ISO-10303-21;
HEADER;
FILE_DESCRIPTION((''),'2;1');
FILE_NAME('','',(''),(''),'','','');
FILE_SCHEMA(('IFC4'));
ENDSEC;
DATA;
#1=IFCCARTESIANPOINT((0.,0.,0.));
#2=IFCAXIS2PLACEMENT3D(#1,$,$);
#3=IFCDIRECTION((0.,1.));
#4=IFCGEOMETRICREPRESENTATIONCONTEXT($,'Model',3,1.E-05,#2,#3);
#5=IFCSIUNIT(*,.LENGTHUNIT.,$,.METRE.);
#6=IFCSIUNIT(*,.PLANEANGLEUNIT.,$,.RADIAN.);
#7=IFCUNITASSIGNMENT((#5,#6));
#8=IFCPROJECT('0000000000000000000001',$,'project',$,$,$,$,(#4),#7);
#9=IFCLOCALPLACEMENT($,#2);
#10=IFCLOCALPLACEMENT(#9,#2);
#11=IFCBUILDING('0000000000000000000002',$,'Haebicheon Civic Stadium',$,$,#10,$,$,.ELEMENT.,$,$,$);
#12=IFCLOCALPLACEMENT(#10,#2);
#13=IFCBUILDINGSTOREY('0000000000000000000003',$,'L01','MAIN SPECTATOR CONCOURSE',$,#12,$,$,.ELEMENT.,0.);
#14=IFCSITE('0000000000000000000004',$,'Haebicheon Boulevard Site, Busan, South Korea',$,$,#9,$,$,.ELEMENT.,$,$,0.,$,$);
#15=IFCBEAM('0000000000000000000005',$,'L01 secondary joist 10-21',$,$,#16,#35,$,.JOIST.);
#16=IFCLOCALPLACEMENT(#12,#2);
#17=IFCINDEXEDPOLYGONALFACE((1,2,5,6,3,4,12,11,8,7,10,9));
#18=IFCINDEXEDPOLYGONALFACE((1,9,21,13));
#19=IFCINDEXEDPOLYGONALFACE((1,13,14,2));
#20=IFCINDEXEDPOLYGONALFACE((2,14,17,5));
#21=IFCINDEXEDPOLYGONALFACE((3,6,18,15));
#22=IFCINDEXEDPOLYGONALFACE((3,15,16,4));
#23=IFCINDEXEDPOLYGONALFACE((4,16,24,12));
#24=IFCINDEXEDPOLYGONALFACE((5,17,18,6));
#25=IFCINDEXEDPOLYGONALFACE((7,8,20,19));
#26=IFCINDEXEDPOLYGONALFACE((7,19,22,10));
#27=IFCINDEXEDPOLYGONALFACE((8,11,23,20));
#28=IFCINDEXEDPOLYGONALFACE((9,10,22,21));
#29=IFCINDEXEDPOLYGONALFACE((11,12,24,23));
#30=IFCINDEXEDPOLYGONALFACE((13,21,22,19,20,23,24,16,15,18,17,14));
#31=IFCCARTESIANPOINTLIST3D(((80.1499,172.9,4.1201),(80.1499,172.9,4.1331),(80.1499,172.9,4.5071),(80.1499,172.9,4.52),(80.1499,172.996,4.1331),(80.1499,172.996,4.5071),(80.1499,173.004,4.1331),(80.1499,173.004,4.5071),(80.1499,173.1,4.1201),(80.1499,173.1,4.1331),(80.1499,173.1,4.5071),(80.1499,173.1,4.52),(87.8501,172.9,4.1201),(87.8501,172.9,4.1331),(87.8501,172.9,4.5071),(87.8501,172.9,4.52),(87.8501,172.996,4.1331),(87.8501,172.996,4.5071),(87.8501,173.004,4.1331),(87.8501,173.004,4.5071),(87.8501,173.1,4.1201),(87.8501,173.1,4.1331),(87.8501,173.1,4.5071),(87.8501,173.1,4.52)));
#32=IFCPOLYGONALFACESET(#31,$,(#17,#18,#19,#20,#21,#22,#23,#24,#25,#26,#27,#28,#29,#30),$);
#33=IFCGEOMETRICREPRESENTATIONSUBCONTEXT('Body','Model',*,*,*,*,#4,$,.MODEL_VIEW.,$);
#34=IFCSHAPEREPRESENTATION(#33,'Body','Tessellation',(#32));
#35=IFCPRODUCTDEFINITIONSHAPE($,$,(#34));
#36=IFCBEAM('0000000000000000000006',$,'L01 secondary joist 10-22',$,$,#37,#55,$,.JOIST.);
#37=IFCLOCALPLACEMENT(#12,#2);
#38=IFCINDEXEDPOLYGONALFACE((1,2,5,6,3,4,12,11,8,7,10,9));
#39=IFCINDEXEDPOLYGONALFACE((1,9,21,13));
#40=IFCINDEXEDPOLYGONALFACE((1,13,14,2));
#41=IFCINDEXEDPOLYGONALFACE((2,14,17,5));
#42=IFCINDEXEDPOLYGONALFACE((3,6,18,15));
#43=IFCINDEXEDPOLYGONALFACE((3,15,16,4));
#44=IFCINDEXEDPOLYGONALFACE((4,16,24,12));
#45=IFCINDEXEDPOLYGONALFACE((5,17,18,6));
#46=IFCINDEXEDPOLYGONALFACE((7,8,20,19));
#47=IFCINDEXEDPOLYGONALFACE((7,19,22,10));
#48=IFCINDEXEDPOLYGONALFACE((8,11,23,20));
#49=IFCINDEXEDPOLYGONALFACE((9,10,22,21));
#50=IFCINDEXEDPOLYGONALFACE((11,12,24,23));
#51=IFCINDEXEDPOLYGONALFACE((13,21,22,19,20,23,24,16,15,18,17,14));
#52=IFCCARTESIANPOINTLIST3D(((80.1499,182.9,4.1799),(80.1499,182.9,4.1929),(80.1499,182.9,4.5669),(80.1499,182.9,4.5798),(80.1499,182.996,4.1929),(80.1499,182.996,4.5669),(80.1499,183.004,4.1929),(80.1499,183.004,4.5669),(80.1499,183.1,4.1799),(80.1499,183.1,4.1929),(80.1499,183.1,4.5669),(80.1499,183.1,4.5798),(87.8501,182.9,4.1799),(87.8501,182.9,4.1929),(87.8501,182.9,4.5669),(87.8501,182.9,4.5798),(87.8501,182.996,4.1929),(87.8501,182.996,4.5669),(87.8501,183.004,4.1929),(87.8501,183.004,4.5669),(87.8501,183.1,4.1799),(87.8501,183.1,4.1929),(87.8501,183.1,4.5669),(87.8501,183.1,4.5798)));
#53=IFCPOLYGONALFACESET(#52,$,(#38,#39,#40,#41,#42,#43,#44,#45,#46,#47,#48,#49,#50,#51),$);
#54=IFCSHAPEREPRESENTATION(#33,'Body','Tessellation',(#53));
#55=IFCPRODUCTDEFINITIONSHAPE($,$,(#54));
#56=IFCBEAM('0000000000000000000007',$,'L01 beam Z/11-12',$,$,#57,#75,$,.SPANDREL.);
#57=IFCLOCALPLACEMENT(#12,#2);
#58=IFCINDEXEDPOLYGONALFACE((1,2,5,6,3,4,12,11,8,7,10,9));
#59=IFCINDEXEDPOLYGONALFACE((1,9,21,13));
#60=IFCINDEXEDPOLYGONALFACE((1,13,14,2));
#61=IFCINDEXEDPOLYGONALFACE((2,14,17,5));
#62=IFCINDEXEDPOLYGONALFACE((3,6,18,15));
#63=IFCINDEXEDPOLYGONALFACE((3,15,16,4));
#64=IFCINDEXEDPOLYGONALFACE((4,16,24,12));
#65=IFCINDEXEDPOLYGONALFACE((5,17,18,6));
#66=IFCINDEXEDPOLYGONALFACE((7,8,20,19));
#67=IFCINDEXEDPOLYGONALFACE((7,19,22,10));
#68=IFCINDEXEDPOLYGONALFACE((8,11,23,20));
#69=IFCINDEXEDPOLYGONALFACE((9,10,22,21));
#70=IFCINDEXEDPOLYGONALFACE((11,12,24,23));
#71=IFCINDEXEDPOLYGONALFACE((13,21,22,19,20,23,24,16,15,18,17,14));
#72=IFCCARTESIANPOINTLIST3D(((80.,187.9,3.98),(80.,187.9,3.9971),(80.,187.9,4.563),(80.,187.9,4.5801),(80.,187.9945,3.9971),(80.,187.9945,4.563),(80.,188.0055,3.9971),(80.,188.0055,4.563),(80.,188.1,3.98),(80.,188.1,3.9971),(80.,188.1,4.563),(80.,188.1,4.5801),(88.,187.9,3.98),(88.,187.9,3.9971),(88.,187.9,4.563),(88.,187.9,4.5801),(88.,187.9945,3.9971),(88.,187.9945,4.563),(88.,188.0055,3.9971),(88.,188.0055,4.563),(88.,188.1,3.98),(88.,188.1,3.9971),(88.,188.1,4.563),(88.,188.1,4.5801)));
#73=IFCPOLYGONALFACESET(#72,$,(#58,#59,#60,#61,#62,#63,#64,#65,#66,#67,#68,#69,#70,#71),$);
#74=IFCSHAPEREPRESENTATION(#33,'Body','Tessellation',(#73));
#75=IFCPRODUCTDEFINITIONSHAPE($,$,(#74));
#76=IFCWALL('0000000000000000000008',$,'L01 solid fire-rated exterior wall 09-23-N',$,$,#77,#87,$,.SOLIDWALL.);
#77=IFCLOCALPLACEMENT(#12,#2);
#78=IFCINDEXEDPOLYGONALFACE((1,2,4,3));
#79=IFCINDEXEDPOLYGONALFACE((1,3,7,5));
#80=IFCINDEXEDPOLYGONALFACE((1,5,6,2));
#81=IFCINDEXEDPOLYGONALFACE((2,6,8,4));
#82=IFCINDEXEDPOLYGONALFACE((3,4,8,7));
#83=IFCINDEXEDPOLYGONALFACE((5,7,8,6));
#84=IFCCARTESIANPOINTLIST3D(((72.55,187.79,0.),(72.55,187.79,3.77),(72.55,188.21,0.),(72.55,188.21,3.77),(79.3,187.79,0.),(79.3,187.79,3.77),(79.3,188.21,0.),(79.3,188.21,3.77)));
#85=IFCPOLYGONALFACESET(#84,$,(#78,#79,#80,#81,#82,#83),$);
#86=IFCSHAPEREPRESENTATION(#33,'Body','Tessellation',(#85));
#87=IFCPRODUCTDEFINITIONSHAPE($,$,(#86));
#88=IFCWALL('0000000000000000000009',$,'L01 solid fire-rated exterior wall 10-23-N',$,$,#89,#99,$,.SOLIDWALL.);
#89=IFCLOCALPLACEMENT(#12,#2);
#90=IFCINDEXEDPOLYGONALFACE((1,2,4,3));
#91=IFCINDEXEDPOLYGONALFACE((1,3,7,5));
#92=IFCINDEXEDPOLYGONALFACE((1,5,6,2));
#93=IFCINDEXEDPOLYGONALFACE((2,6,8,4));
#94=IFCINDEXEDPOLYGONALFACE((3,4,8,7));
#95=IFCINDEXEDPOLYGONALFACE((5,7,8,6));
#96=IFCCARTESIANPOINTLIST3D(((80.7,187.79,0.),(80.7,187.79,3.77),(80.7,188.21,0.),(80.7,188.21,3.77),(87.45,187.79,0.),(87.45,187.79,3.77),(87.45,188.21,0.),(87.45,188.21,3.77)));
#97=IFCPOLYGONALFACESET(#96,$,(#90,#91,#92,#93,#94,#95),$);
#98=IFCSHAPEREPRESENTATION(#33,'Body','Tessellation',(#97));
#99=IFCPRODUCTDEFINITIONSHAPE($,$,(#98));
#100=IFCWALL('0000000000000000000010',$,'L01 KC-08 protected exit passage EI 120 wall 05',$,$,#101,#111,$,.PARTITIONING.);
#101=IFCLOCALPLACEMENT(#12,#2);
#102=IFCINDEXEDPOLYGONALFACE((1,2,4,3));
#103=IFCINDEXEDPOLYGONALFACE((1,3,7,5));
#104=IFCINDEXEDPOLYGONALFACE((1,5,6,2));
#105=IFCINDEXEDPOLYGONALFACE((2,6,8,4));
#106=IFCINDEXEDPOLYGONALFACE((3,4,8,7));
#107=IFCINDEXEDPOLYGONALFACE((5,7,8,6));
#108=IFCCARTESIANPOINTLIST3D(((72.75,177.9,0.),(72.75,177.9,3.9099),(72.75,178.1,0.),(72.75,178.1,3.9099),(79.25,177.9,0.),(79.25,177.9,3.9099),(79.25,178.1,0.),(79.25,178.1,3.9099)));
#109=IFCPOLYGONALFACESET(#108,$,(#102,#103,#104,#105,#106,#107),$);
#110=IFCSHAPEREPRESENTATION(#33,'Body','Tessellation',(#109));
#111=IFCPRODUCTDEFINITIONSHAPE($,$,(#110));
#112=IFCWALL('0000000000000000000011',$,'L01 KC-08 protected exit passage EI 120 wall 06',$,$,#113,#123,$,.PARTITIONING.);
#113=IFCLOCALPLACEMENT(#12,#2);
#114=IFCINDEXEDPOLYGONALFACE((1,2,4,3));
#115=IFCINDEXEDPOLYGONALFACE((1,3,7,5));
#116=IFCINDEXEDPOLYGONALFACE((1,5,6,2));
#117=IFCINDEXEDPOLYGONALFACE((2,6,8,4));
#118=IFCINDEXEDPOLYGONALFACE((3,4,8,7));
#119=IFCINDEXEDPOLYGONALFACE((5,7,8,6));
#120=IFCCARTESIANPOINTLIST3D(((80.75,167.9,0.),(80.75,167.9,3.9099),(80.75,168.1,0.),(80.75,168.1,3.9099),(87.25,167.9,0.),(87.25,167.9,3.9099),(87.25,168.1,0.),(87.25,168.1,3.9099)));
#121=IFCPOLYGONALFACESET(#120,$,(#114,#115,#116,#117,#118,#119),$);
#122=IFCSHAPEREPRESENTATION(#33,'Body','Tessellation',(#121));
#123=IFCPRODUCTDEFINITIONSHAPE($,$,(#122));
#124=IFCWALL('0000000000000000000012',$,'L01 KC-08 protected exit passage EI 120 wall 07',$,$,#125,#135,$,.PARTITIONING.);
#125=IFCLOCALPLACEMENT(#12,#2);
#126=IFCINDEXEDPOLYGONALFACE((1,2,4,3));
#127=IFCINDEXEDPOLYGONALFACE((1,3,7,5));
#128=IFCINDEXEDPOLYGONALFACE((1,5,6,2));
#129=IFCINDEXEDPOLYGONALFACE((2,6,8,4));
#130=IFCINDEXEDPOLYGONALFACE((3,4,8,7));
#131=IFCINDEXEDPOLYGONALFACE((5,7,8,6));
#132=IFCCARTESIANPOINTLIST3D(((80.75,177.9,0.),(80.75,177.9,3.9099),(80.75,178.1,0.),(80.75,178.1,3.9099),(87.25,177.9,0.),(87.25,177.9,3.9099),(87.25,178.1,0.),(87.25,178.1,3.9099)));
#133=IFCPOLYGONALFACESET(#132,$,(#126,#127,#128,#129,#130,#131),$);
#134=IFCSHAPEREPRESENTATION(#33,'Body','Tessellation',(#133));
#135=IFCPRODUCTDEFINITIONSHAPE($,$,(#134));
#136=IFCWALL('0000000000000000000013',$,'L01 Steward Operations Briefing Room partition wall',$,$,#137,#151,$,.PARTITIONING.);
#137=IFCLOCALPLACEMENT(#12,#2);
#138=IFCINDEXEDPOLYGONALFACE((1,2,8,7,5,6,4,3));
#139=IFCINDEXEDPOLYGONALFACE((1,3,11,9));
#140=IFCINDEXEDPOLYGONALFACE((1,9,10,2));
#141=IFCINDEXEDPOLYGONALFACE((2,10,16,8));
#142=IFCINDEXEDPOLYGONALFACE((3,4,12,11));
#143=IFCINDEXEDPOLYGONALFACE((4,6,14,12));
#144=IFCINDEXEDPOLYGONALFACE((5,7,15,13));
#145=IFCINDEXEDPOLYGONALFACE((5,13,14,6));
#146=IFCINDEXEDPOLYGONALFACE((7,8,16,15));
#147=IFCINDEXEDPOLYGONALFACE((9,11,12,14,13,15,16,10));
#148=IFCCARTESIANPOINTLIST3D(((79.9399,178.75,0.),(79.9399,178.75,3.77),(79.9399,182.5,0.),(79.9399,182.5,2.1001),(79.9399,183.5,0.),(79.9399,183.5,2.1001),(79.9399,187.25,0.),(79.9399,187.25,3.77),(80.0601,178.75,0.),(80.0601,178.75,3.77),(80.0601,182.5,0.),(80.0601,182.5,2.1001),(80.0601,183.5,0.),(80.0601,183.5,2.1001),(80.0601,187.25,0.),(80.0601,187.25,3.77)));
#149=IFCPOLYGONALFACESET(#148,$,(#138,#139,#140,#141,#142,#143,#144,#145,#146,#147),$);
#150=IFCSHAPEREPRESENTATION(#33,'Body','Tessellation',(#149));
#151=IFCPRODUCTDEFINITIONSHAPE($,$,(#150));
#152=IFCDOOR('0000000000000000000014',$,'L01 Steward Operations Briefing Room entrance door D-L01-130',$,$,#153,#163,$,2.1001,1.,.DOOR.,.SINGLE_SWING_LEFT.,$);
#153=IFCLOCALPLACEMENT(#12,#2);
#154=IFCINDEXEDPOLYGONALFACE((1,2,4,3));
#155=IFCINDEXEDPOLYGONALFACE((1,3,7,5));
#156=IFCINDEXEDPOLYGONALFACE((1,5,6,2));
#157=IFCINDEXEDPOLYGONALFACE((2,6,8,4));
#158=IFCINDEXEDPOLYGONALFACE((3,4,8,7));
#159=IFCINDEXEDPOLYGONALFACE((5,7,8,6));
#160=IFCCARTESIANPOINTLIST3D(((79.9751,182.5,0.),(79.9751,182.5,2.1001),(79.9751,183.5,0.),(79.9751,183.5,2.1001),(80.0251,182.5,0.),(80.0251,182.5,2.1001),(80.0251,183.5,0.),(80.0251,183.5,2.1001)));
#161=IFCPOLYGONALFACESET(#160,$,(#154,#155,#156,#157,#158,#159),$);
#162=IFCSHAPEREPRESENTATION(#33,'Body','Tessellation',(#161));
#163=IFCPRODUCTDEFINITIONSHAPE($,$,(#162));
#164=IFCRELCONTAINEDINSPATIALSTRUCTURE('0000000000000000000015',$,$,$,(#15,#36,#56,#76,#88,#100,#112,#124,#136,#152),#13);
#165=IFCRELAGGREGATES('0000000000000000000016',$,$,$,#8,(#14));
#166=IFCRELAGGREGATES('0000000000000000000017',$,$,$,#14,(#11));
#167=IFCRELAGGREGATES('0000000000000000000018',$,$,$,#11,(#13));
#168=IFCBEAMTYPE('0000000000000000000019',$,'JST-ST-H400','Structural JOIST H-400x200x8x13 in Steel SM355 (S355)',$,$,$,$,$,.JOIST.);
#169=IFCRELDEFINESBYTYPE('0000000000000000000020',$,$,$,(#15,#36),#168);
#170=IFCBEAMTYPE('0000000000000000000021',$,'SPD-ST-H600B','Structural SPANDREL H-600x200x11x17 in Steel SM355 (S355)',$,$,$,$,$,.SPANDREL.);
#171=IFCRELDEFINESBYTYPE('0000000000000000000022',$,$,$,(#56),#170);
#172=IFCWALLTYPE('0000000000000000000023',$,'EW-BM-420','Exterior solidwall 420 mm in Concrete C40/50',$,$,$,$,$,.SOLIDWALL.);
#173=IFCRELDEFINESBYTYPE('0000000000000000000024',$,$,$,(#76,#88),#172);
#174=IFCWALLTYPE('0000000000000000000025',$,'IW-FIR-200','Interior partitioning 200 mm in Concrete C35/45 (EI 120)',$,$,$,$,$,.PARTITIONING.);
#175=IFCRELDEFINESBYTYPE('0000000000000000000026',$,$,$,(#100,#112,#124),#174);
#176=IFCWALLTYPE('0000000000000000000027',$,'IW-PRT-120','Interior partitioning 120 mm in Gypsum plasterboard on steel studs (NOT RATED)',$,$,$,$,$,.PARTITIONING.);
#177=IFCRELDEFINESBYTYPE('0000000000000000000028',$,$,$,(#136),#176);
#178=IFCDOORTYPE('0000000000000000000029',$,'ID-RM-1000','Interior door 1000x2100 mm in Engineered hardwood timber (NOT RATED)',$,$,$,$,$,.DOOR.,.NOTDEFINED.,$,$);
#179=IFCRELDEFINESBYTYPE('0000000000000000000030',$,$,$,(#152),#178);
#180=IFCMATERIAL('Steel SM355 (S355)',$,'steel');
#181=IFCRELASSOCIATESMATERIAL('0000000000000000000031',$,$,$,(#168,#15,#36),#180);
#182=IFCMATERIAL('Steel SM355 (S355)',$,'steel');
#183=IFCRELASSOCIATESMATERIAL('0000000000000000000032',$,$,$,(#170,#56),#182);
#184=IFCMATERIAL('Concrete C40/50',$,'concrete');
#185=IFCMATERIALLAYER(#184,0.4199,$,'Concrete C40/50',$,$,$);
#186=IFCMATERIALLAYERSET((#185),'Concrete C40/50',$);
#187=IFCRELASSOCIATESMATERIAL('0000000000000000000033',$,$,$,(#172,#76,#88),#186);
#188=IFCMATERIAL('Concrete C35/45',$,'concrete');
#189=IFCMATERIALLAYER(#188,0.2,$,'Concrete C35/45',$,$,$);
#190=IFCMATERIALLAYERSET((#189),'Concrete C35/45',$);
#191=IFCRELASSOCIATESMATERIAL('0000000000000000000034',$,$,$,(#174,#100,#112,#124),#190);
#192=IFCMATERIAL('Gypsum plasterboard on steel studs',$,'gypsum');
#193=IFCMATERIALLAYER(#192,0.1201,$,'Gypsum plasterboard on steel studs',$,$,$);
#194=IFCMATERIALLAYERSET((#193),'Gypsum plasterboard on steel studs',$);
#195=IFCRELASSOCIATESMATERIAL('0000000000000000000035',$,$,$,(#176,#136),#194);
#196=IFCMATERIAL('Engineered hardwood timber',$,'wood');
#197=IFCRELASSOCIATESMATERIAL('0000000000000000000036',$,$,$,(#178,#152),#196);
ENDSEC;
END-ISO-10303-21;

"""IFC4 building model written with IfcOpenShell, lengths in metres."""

from ifc_helpers import new_model, si_unit, direction, frame, frame_2d, origin, origin_2d, place, context, subcontext, project, spatial, rectangle, i_section, extrude, material, layer, layer_set, material_profile, profile_set, type_object, element, fill, save


model = new_model("IFC4")

# Units and contexts
model_context = context("Model", 3, precision=1e-05, world=origin(), true_north=direction((0.0, 1.0)))
body_context = subcontext(model_context, "Body", "Model", "MODEL_VIEW")
ifc_project = project(units=[si_unit("LENGTHUNIT", "METRE"), si_unit("PLANEANGLEUNIT", "RADIAN")], contexts=[model_context])

# Site, building, storey
site_placement = place(None, origin())
site = spatial("IfcSite", under=ifc_project, at=site_placement, Name="Haebicheon Boulevard Site, Busan, South Korea", CompositionType="ELEMENT", RefElevation=0.0)
building_placement = place(site_placement, origin())
building = spatial("IfcBuilding", under=site, at=building_placement, Name="Haebicheon Civic Stadium", CompositionType="ELEMENT")
storey_placement = place(building_placement, origin())
storey = spatial("IfcBuildingStorey", under=building, at=storey_placement, Name="L01", Description="MAIN SPECTATOR CONCOURSE", CompositionType="ELEMENT", Elevation=0.0)

# Beams
ifc_material_1 = material(Name="Steel SM355 (S355)", Category="steel")
ifc_material_profile_1 = material_profile(ifc_material_1, i_section(OverallWidth=0.2, OverallDepth=0.3999, WebThickness=0.0081, FlangeThickness=0.0129, at=origin_2d()), Name="H-400x200x8x13")
ifc_profile_set_1 = profile_set([ifc_material_profile_1], Name="Steel SM355 (S355)")
beam_type_1 = type_object("IfcBeamType", Name="JST-ST-H400", Description="Structural JOIST H-400x200x8x13 in Steel SM355 (S355)", PredefinedType="JOIST", material=ifc_profile_set_1)
for number, where, z_axis, x_axis, name in (
    (1, (80.1499, 173.0, 4.3201), (1.0, 0.0, 0.0), (0.0, 1.0, 0.0), "L01 secondary joist 10-21"),
    (2, (80.1499, 183.0, 4.3799), (1.0, 0.0, 0.0), (0.0, 1.0, 0.0), "L01 secondary joist 10-22"),
):
    element("IfcBeam", number, at=place(storey_placement, frame(where, z_axis=z_axis, x_axis=x_axis)), inside=storey, type_object=beam_type_1, material=ifc_profile_set_1, Name=name, PredefinedType="JOIST", context=body_context, shape_type="SweptSolid", body=[
        extrude(i_section(OverallWidth=0.2, OverallDepth=0.3999, WebThickness=0.0081, FlangeThickness=0.0129, at=origin_2d()), origin(), (0.0, 0.0, 1.0), 7.7002),
    ])
ifc_material_2 = material(Name="Steel SM355 (S355)", Category="steel")
ifc_material_profile_2 = material_profile(ifc_material_2, i_section(OverallWidth=0.2, OverallDepth=0.6001, WebThickness=0.011, FlangeThickness=0.0171, at=origin_2d()), Name="H-600x200x11x17")
ifc_profile_set_2 = profile_set([ifc_material_profile_2], Name="Steel SM355 (S355)")
beam_type_2 = type_object("IfcBeamType", Name="SPD-ST-H600B", Description="Structural SPANDREL H-600x200x11x17 in Steel SM355 (S355)", PredefinedType="SPANDREL", material=ifc_profile_set_2)
beam_1_placement = place(storey_placement, frame((80.0, 188.0, 4.28), z_axis=(1.0, 0.0, 0.0), x_axis=(0.0, 1.0, 0.0)))
element("IfcBeam", 3, at=beam_1_placement, inside=storey, type_object=beam_type_2, material=ifc_profile_set_2, Name="L01 beam Z/11-12", PredefinedType="SPANDREL", context=body_context, shape_type="SweptSolid", body=[
    extrude(i_section(OverallWidth=0.2, OverallDepth=0.6001, WebThickness=0.011, FlangeThickness=0.0171, at=origin_2d()), origin(), (0.0, 0.0, 1.0), 8.0),
])

# Walls
ifc_material_3 = material(Name="Concrete C40/50", Category="concrete")
ifc_layer_1 = layer(ifc_material_3, 0.4199, Name="Concrete C40/50")
ifc_layer_set_1 = layer_set([ifc_layer_1], Name="Concrete C40/50")
wall_type_1 = type_object("IfcWallType", Name="EW-BM-420", Description="Exterior solidwall 420 mm in Concrete C40/50", PredefinedType="SOLIDWALL", material=ifc_layer_set_1)
for number, where, z_axis, x_axis, name in (
    (4, (72.55, 188.0, 0.0), (0.0, 0.0, 1.0), (1.0, 0.0, 0.0), "L01 solid fire-rated exterior wall 09-23-N"),
    (5, (80.7, 188.0, 0.0), (0.0, 0.0, 1.0), (1.0, 0.0, 0.0), "L01 solid fire-rated exterior wall 10-23-N"),
):
    element("IfcWall", number, at=place(storey_placement, frame(where, z_axis=z_axis, x_axis=x_axis)), inside=storey, type_object=wall_type_1, material=ifc_layer_set_1, Name=name, PredefinedType="SOLIDWALL", context=body_context, shape_type="SweptSolid", body=[
        extrude(rectangle(XDim=6.75, YDim=0.4199, at=frame_2d((3.375, 0.0))), origin(), (0.0, 0.0, 1.0), 3.77),
    ])
ifc_material_4 = material(Name="Concrete C35/45", Category="concrete")
ifc_layer_2 = layer(ifc_material_4, 0.2, Name="Concrete C35/45")
ifc_layer_set_2 = layer_set([ifc_layer_2], Name="Concrete C35/45")
wall_type_2 = type_object("IfcWallType", Name="IW-FIR-200", Description="Interior partitioning 200 mm in Concrete C35/45 (EI 120)", PredefinedType="PARTITIONING", material=ifc_layer_set_2)
for number, where, z_axis, x_axis, name in (
    (6, (72.75, 178.0, 0.0), (0.0, 0.0, 1.0), (1.0, 0.0, 0.0), "L01 KC-08 protected exit passage EI 120 wall 05"),
    (7, (80.75, 168.0, 0.0), (0.0, 0.0, 1.0), (1.0, 0.0, 0.0), "L01 KC-08 protected exit passage EI 120 wall 06"),
    (8, (80.75, 178.0, 0.0), (0.0, 0.0, 1.0), (1.0, 0.0, 0.0), "L01 KC-08 protected exit passage EI 120 wall 07"),
):
    element("IfcWall", number, at=place(storey_placement, frame(where, z_axis=z_axis, x_axis=x_axis)), inside=storey, type_object=wall_type_2, material=ifc_layer_set_2, Name=name, PredefinedType="PARTITIONING", context=body_context, shape_type="SweptSolid", body=[
        extrude(rectangle(XDim=6.5, YDim=0.2, at=frame_2d((3.25, 0.0))), origin(), (0.0, 0.0, 1.0), 3.9099),
    ])

# Wall, opening, door
ifc_material_5 = material(Name="Gypsum plasterboard on steel studs", Category="gypsum")
ifc_layer_3 = layer(ifc_material_5, 0.1201, Name="Gypsum plasterboard on steel studs")
ifc_layer_set_3 = layer_set([ifc_layer_3], Name="Gypsum plasterboard on steel studs")
wall_type_3 = type_object("IfcWallType", Name="IW-PRT-120", Description="Interior partitioning 120 mm in Gypsum plasterboard on steel studs (NOT RATED)", PredefinedType="PARTITIONING", material=ifc_layer_set_3)
wall_placement = place(storey_placement, frame((80.0, 178.75, 0.0), z_axis=(0.0, 0.0, 1.0), x_axis=(0.0, 1.0, 0.0)))
wall = element("IfcWall", 9, at=wall_placement, inside=storey, type_object=wall_type_3, material=ifc_layer_set_3, Name="L01 Steward Operations Briefing Room partition wall", PredefinedType="PARTITIONING", context=body_context, shape_type="SweptSolid", body=[
    extrude(rectangle(XDim=8.5, YDim=0.1201, at=frame_2d((4.25, 0.0))), origin(), (0.0, 0.0, 1.0), 3.77),
])
opening_placement = place(wall_placement, frame((3.75, 0.0, 0.0)))
opening = element("IfcOpeningElement", 10, at=opening_placement, cuts=wall, PredefinedType="OPENING", context=body_context, shape_type="SweptSolid", body=[
    extrude(rectangle(XDim=1.0, YDim=2.1001, at=frame_2d((0.5, 1.05))), frame((0.0, 0.0701, 0.0), z_axis=(0.0, -1.0, 0.0), x_axis=(1.0, 0.0, 0.0)), (0.0, 0.0, 1.0), 0.1401),
])
ifc_material_6 = material(Name="Engineered hardwood timber", Category="wood")
door_type = type_object("IfcDoorType", Name="ID-RM-1000", Description="Interior door 1000x2100 mm in Engineered hardwood timber (NOT RATED)", OperationType="NOTDEFINED", PredefinedType="DOOR", material=ifc_material_6)
door_placement = place(opening_placement, origin())
door = element("IfcDoor", 11, at=door_placement, inside=storey, type_object=door_type, material=ifc_material_6, Name="L01 Steward Operations Briefing Room entrance door D-L01-130", OperationType="SINGLE_SWING_LEFT", OverallHeight=2.1001, OverallWidth=1.0, PredefinedType="DOOR", context=body_context, shape_type="SweptSolid", body=[
    extrude(rectangle(XDim=1.0, YDim=2.1001, at=frame_2d((0.5, 1.05))), frame((0.0, 0.0249, 0.0), z_axis=(0.0, -1.0, 0.0), x_axis=(1.0, 0.0, 0.0)), (0.0, 0.0, 1.0), 0.05),
])
fill(opening, door)

save(model, "model.ifc")
